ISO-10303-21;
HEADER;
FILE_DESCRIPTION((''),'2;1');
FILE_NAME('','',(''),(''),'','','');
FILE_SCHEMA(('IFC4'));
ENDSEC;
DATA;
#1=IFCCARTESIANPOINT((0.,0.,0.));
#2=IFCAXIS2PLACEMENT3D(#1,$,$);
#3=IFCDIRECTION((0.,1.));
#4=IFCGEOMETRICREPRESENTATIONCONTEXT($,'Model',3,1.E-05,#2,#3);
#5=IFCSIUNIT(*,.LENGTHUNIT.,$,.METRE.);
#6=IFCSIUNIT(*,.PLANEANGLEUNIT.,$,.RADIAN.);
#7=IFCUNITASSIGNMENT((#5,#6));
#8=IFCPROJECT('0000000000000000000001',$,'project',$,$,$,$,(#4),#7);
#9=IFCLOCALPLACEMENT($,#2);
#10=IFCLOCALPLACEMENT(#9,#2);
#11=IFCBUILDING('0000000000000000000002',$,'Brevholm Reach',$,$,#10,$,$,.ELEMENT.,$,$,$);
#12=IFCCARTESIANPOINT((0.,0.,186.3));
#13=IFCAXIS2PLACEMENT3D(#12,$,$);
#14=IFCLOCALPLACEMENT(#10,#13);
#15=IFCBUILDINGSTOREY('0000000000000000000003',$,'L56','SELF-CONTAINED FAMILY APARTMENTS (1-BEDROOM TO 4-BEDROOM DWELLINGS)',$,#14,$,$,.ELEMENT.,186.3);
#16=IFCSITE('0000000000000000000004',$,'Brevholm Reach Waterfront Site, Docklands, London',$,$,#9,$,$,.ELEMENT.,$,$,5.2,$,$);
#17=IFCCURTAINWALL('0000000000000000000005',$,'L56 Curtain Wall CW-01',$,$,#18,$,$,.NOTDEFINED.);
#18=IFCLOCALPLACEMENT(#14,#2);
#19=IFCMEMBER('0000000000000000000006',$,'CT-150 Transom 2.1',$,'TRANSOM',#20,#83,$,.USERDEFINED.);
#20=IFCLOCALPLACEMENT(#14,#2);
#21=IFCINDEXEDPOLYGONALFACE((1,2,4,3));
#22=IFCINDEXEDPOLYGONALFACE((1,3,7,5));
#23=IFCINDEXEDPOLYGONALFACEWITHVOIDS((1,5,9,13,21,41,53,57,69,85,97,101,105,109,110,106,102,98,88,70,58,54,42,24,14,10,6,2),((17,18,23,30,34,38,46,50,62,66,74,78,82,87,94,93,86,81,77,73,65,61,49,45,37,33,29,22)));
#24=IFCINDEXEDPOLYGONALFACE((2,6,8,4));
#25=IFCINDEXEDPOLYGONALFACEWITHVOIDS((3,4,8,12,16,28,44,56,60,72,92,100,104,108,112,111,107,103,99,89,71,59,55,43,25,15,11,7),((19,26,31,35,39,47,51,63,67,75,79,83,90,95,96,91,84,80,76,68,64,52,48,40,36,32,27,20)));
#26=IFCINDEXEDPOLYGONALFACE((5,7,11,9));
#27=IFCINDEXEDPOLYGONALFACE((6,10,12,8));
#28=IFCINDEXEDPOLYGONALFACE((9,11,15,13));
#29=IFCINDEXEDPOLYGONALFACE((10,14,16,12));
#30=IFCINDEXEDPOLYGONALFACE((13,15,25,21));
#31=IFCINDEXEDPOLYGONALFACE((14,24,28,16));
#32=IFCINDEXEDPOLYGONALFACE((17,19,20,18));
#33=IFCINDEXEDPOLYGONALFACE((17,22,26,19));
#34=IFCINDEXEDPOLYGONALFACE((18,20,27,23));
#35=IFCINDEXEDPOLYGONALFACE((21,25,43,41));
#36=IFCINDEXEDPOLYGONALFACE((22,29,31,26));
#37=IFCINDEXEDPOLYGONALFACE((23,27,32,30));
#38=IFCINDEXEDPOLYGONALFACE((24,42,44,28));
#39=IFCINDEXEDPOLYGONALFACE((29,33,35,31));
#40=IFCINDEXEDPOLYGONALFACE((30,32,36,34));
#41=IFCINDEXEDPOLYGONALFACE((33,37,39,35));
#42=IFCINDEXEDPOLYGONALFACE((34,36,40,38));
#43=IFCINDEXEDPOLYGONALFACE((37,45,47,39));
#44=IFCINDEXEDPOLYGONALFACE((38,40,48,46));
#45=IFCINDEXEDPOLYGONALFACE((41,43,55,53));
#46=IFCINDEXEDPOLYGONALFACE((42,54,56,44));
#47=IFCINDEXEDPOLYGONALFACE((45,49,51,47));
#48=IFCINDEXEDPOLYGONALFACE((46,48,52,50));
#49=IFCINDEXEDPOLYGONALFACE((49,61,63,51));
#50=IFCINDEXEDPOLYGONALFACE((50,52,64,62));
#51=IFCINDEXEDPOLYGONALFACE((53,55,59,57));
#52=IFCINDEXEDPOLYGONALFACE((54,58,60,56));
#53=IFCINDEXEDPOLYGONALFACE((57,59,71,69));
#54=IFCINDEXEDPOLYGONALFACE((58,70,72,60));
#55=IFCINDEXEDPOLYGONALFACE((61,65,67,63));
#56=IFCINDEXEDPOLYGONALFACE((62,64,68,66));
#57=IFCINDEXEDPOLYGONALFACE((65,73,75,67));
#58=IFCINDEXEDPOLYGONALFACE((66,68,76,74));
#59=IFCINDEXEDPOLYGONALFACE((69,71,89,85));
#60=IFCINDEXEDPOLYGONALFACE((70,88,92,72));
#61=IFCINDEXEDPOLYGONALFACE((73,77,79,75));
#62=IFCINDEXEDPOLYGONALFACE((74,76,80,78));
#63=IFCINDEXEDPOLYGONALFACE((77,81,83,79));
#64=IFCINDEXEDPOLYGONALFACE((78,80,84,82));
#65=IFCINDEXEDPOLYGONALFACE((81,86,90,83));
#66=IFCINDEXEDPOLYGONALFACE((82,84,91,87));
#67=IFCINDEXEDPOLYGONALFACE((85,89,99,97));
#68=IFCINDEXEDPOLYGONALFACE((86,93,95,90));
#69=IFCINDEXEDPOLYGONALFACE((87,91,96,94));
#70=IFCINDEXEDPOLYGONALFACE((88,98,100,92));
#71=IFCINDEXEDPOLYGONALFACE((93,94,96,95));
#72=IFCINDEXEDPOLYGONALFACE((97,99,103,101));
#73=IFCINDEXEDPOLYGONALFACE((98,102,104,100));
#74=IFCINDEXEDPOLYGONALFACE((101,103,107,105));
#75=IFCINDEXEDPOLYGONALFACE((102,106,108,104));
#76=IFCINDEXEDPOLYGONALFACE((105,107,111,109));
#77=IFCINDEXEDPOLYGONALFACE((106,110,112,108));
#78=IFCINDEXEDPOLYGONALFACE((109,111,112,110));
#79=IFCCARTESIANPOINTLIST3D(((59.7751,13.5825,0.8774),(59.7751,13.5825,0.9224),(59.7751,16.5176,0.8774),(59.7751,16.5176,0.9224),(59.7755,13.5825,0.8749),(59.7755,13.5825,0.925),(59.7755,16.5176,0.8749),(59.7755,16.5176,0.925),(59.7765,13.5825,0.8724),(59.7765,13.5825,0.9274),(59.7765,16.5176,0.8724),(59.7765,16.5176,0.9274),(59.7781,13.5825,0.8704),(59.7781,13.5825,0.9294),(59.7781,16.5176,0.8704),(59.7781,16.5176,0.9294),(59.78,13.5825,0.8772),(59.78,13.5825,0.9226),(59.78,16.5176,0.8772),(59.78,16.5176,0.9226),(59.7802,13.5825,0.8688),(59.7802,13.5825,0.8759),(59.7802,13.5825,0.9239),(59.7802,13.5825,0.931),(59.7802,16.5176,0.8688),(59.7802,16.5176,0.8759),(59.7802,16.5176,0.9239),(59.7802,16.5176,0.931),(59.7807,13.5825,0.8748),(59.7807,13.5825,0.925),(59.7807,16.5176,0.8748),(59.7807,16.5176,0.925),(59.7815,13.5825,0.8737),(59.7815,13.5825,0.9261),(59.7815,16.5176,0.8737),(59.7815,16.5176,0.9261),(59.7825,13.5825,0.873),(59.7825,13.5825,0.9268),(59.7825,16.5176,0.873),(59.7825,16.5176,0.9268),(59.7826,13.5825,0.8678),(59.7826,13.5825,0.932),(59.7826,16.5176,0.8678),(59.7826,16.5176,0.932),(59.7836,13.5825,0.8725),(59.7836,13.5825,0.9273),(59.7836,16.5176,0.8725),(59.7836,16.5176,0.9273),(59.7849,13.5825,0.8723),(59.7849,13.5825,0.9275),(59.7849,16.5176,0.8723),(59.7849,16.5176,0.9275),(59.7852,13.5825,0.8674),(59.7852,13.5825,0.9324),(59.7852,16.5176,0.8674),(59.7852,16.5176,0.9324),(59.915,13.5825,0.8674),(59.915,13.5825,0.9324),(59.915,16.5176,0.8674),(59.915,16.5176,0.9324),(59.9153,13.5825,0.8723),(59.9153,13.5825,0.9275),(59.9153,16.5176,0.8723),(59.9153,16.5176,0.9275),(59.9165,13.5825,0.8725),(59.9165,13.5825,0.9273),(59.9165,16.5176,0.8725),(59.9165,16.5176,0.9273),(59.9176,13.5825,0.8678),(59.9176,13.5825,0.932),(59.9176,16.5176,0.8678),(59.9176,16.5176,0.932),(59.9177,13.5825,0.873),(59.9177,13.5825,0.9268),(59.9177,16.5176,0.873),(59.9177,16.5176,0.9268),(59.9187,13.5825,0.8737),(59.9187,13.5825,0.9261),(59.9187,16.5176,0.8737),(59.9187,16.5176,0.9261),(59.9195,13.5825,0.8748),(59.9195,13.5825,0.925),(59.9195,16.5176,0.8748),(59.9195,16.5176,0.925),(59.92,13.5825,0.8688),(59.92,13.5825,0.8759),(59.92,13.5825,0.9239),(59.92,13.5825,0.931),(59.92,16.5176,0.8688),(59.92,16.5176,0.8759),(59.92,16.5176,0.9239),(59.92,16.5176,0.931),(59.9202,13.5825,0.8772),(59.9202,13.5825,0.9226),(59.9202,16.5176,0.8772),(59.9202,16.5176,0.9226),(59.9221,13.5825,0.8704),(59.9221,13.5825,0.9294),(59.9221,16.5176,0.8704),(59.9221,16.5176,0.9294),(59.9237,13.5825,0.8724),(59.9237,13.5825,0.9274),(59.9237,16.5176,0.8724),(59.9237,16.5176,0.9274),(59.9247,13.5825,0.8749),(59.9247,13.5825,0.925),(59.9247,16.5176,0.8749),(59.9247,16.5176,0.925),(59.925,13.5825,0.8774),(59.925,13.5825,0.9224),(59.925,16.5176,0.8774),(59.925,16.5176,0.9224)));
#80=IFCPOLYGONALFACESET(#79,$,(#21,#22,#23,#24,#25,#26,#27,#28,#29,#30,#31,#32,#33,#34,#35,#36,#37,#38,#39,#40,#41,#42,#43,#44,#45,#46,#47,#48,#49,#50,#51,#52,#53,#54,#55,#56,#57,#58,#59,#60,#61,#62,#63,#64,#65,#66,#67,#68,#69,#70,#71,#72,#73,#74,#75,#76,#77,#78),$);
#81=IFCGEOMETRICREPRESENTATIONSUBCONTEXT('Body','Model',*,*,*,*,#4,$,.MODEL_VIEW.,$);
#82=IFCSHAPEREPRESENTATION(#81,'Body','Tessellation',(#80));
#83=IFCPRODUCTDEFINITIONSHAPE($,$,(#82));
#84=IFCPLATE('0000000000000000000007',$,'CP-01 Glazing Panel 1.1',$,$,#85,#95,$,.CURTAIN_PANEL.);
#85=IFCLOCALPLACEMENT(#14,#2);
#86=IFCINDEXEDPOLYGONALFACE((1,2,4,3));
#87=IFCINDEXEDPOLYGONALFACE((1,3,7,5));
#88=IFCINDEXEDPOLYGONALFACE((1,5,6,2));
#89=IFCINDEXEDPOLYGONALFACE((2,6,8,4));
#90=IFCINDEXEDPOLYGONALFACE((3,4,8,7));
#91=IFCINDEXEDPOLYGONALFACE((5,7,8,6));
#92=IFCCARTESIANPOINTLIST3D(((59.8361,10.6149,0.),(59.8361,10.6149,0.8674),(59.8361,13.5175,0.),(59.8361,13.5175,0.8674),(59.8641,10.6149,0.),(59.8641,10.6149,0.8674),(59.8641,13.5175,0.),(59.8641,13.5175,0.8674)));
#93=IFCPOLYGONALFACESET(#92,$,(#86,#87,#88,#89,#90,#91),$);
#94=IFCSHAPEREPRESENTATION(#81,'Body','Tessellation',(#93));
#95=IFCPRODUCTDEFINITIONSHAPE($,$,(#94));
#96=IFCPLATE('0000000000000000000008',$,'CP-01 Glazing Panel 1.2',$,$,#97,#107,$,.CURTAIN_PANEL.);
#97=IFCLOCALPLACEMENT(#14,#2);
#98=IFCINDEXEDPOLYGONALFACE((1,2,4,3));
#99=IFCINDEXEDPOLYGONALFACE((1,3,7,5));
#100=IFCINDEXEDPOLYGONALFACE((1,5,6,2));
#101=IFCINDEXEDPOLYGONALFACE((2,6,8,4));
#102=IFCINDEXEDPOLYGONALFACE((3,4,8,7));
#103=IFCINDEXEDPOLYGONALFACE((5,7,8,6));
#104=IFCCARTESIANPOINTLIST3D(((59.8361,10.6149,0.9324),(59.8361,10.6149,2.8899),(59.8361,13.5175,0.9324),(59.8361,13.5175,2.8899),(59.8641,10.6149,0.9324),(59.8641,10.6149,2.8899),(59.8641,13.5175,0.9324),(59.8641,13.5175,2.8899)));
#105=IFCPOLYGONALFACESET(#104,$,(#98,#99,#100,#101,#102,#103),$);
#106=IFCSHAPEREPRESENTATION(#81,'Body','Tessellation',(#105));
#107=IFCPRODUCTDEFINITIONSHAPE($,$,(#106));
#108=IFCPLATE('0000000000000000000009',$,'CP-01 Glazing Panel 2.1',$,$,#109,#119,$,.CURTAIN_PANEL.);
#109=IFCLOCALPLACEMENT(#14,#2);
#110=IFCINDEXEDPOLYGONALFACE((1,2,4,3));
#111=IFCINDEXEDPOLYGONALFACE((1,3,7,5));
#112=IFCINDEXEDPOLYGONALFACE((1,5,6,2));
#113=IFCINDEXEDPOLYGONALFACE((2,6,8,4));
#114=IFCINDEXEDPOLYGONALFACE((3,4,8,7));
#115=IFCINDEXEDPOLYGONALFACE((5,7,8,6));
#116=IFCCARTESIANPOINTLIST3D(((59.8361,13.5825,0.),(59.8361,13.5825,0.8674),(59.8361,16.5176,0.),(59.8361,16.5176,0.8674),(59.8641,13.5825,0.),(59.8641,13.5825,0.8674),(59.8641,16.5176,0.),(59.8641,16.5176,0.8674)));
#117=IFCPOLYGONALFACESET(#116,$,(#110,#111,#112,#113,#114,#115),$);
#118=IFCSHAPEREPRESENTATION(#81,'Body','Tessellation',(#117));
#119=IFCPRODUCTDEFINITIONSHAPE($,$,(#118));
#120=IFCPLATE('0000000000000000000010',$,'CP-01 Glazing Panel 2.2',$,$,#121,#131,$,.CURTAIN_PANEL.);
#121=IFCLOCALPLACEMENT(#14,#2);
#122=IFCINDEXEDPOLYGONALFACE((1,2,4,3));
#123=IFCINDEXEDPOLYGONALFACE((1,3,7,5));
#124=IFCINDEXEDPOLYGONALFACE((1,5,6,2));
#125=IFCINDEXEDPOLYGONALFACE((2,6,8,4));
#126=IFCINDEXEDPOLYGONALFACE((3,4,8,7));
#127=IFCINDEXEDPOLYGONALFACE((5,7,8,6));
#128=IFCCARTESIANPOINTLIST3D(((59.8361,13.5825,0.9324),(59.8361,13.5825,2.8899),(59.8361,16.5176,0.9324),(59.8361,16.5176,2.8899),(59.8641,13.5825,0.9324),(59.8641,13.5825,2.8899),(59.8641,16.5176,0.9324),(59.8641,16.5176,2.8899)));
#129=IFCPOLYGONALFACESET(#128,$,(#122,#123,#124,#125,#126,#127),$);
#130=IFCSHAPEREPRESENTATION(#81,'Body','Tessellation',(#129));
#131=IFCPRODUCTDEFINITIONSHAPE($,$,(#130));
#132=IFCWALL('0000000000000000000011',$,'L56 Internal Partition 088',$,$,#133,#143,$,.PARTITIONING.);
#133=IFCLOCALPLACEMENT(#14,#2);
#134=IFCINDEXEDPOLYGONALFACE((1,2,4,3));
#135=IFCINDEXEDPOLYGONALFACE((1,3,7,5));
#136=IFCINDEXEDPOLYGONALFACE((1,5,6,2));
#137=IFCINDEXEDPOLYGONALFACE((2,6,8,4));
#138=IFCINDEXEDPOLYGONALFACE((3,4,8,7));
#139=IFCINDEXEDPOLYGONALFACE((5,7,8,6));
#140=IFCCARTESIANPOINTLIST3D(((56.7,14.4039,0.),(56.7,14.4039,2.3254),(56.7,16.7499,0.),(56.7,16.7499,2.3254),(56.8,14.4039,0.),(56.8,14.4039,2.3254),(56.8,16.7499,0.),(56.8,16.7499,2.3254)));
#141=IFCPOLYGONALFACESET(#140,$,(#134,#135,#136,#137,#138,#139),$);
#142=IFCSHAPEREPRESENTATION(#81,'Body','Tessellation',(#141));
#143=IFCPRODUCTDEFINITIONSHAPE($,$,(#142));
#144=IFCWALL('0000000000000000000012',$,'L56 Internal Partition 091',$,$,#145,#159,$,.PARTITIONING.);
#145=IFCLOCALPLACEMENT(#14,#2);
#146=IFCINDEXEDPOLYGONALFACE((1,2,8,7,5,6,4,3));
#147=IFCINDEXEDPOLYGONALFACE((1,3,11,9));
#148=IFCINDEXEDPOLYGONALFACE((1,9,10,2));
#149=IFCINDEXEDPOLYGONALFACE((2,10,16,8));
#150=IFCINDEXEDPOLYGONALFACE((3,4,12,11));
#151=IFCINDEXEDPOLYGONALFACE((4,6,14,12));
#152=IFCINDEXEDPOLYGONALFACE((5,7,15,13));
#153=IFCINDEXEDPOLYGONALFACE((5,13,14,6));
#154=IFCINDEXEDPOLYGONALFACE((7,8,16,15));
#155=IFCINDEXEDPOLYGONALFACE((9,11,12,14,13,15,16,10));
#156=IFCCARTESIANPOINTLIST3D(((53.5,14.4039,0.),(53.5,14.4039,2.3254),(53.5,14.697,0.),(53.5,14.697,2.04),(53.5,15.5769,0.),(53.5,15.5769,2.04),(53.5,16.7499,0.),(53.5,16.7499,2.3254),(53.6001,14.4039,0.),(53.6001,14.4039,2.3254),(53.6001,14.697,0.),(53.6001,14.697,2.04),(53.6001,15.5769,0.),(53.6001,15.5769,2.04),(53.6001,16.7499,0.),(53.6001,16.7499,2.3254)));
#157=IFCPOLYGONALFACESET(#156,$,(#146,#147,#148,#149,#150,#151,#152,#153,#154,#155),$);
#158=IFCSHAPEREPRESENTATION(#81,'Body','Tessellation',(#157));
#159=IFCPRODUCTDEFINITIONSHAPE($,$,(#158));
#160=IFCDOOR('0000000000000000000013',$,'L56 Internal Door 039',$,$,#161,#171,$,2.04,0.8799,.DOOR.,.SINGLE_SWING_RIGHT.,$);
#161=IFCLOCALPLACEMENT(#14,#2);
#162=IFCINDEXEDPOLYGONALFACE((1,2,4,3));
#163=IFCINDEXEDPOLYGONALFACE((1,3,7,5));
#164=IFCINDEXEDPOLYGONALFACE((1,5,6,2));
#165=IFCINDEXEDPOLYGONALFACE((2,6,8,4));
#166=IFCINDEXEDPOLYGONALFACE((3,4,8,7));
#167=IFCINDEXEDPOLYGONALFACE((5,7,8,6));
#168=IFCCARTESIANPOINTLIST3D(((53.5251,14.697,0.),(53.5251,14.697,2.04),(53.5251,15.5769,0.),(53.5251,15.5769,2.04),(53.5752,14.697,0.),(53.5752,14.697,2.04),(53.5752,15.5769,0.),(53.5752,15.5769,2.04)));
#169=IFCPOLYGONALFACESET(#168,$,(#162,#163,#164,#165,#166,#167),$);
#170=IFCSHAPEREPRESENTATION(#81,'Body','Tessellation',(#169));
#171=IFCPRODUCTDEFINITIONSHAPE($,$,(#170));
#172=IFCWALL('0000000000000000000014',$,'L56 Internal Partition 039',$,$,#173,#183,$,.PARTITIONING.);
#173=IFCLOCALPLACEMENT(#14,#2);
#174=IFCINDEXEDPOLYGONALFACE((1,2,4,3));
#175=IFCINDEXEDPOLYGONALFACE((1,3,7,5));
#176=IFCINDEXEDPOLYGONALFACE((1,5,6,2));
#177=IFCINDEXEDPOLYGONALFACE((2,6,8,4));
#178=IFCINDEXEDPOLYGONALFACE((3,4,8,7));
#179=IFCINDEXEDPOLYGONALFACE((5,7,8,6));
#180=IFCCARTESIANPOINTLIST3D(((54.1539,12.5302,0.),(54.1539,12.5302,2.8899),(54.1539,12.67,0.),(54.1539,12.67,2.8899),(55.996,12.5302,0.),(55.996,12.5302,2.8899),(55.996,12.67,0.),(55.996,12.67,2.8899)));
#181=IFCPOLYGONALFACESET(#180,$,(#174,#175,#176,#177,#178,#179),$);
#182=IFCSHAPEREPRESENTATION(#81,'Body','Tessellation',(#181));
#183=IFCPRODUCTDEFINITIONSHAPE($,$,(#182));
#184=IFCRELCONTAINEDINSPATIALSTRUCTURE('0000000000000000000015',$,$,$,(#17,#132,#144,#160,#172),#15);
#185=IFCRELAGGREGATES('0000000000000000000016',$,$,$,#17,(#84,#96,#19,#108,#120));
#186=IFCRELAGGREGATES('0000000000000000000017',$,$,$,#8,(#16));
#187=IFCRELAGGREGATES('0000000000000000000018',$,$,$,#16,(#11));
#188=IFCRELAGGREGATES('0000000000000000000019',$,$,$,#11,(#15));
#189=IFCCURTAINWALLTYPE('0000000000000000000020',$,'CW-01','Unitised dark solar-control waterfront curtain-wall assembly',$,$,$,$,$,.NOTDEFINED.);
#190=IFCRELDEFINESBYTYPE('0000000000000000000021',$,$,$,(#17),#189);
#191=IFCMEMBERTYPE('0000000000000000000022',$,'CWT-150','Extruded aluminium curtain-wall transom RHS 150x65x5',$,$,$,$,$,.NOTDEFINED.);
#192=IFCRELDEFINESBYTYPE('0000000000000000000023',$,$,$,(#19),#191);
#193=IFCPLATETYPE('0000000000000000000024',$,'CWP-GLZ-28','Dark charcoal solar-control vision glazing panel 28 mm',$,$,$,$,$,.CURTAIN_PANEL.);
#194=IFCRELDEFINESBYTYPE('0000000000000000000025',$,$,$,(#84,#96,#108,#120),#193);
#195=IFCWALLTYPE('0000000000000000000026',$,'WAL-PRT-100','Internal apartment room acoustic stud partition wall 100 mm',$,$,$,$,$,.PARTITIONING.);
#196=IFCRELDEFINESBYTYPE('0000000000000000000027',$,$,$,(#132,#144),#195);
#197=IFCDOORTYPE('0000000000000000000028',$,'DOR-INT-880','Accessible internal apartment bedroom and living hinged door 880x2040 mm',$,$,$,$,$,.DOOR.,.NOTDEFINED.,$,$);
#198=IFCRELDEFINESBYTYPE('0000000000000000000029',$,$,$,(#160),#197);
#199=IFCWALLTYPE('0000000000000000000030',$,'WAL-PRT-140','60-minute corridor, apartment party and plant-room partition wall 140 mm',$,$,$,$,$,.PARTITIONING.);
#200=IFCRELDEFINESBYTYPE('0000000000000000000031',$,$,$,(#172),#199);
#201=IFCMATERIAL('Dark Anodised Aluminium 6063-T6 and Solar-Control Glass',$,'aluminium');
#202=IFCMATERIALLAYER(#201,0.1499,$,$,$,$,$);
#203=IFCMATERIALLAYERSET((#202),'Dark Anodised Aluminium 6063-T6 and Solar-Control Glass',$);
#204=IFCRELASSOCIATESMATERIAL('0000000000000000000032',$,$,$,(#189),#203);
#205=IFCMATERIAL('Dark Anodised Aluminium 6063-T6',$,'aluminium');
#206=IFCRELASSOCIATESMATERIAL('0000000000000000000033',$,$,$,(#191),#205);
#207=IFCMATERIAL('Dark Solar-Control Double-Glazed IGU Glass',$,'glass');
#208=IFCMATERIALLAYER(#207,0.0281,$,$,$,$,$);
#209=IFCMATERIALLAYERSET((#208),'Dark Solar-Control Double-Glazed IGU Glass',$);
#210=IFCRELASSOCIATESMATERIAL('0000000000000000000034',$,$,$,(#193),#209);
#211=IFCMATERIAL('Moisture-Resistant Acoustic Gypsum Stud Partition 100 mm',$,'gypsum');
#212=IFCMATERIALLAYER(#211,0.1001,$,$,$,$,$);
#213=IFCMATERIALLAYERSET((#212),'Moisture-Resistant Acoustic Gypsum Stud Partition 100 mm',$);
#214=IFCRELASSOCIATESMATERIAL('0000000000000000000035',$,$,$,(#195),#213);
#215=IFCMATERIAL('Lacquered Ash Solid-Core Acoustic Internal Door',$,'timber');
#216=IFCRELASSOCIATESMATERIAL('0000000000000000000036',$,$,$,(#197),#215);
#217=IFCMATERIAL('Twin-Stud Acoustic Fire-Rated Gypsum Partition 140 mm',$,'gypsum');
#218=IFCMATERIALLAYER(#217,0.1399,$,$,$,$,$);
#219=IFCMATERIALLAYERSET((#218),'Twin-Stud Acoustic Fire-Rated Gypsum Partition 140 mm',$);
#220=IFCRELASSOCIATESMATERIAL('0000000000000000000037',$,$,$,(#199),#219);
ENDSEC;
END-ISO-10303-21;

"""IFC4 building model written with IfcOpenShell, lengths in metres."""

from ifc_helpers import new_model, si_unit, direction, frame, frame_2d, origin, origin_2d, place, context, subcontext, project, spatial, rectangle, hollow_rectangle, extrude, material, layer, layer_set, material_profile, profile_set, type_object, element, fill, aggregate, save


model = new_model("IFC4")

# Units and contexts
model_context = context("Model", 3, precision=1e-05, world=origin(), true_north=direction((0.0, 1.0)))
body_context = subcontext(model_context, "Body", "Model", "MODEL_VIEW")
ifc_project = project(units=[si_unit("LENGTHUNIT", "METRE"), si_unit("PLANEANGLEUNIT", "RADIAN")], contexts=[model_context])

# Site, building, storey
site_placement = place(None, origin())
site = spatial("IfcSite", under=ifc_project, at=site_placement, Name="Brevholm Reach Waterfront Site, Docklands, London", CompositionType="ELEMENT", RefElevation=5.2)
building_placement = place(site_placement, origin())
building = spatial("IfcBuilding", under=site, at=building_placement, Name="Brevholm Reach", CompositionType="ELEMENT")
storey_placement = place(building_placement, frame((0.0, 0.0, 186.3)))
storey = spatial("IfcBuildingStorey", under=building, at=storey_placement, Name="L56", Description="SELF-CONTAINED FAMILY APARTMENTS (1-BEDROOM TO 4-BEDROOM DWELLINGS)", CompositionType="ELEMENT", Elevation=186.3)

# Curtain wall, member, plates
ifc_material_1 = material(Name="Dark Anodised Aluminium 6063-T6 and Solar-Control Glass", Category="aluminium")
ifc_layer_1 = layer(ifc_material_1, 0.1499)
ifc_layer_set_1 = layer_set([ifc_layer_1], Name="Dark Anodised Aluminium 6063-T6 and Solar-Control Glass")
curtain_wall_type = type_object("IfcCurtainWallType", Name="CW-01", Description="Unitised dark solar-control waterfront curtain-wall assembly", PredefinedType="NOTDEFINED", material=ifc_layer_set_1)
curtain_wall_placement = place(storey_placement, origin())
curtain_wall = element("IfcCurtainWall", 1, at=curtain_wall_placement, inside=storey, type_object=curtain_wall_type, Name="L56 Curtain Wall CW-01", PredefinedType="NOTDEFINED")
ifc_material_2 = material(Name="Dark Anodised Aluminium 6063-T6", Category="aluminium")
ifc_material_profile_1 = material_profile(ifc_material_2, hollow_rectangle(XDim=0.0649, YDim=0.1499, WallThickness=0.0049, InnerFilletRadius=0.0049, OuterFilletRadius=0.01, at=origin_2d()), Name="RHS 150x65x5")
ifc_profile_set_1 = profile_set([ifc_material_profile_1], Name="Dark Anodised Aluminium 6063-T6")
member_type_1 = type_object("IfcMemberType", Name="CWT-150", Description="Extruded aluminium curtain-wall transom RHS 150x65x5", PredefinedType="NOTDEFINED", material=ifc_profile_set_1)
member_1_placement = place(storey_placement, frame((59.8501, 13.5825, 0.8999), z_axis=(0.0, 1.0, 0.0), x_axis=(0.0, 0.0, 1.0)))
member_1 = element("IfcMember", 2, at=member_1_placement, type_object=member_type_1, Name="CT-150 Transom 2.1", ObjectType="TRANSOM", PredefinedType="USERDEFINED", context=body_context, shape_type="SweptSolid", body=[
    extrude(hollow_rectangle(XDim=0.0649, YDim=0.1499, WallThickness=0.0049, InnerFilletRadius=0.0049, OuterFilletRadius=0.01, at=origin_2d()), origin(), (0.0, 0.0, 1.0), 2.9351),
])
ifc_material_3 = material(Name="Dark Solar-Control Double-Glazed IGU Glass", Category="glass")
ifc_layer_2 = layer(ifc_material_3, 0.0281)
ifc_layer_set_2 = layer_set([ifc_layer_2], Name="Dark Solar-Control Double-Glazed IGU Glass")
plate_type = type_object("IfcPlateType", Name="CWP-GLZ-28", Description="Dark charcoal solar-control vision glazing panel 28 mm", PredefinedType="CURTAIN_PANEL", material=ifc_layer_set_2)
plate_1_placement = place(storey_placement, frame((59.8501, 12.0662, 0.0), z_axis=(0.0, 0.0, 1.0), x_axis=(0.0, 1.0, 0.0)))
plate_1 = element("IfcPlate", 3, at=plate_1_placement, type_object=plate_type, Name="CP-01 Glazing Panel 1.1", PredefinedType="CURTAIN_PANEL", context=body_context, shape_type="SweptSolid", body=[
    extrude(rectangle(XDim=2.9026, YDim=0.0281, at=origin_2d()), origin(), (0.0, 0.0, 1.0), 0.8674),
])
plate_2_placement = place(storey_placement, frame((59.8501, 12.0662, 0.9324), z_axis=(0.0, 0.0, 1.0), x_axis=(0.0, 1.0, 0.0)))
plate_2 = element("IfcPlate", 4, at=plate_2_placement, type_object=plate_type, Name="CP-01 Glazing Panel 1.2", PredefinedType="CURTAIN_PANEL", context=body_context, shape_type="SweptSolid", body=[
    extrude(rectangle(XDim=2.9026, YDim=0.0281, at=origin_2d()), origin(), (0.0, 0.0, 1.0), 1.9575),
])
plate_3_placement = place(storey_placement, frame((59.8501, 15.05, 0.0), z_axis=(0.0, 0.0, 1.0), x_axis=(0.0, 1.0, 0.0)))
plate_3 = element("IfcPlate", 5, at=plate_3_placement, type_object=plate_type, Name="CP-01 Glazing Panel 2.1", PredefinedType="CURTAIN_PANEL", context=body_context, shape_type="SweptSolid", body=[
    extrude(rectangle(XDim=2.9351, YDim=0.0281, at=origin_2d()), origin(), (0.0, 0.0, 1.0), 0.8674),
])
plate_4_placement = place(storey_placement, frame((59.8501, 15.05, 0.9324), z_axis=(0.0, 0.0, 1.0), x_axis=(0.0, 1.0, 0.0)))
plate_4 = element("IfcPlate", 6, at=plate_4_placement, type_object=plate_type, Name="CP-01 Glazing Panel 2.2", PredefinedType="CURTAIN_PANEL", context=body_context, shape_type="SweptSolid", body=[
    extrude(rectangle(XDim=2.9351, YDim=0.0281, at=origin_2d()), origin(), (0.0, 0.0, 1.0), 1.9575),
])
aggregate(curtain_wall, [plate_1, plate_2, member_1, plate_3, plate_4])

# Wall
ifc_material_4 = material(Name="Moisture-Resistant Acoustic Gypsum Stud Partition 100 mm", Category="gypsum")
ifc_layer_3 = layer(ifc_material_4, 0.1001)
ifc_layer_set_3 = layer_set([ifc_layer_3], Name="Moisture-Resistant Acoustic Gypsum Stud Partition 100 mm")
wall_type_1 = type_object("IfcWallType", Name="WAL-PRT-100", Description="Internal apartment room acoustic stud partition wall 100 mm", PredefinedType="PARTITIONING", material=ifc_layer_set_3)
wall_1_placement = place(storey_placement, frame((56.75, 14.4041, 0.0), z_axis=(0.0, 0.0, 1.0), x_axis=(0.0, 1.0, 0.0)))
element("IfcWall", 7, at=wall_1_placement, inside=storey, type_object=wall_type_1, Name="L56 Internal Partition 088", PredefinedType="PARTITIONING", context=body_context, shape_type="SweptSolid", body=[
    extrude(rectangle(XDim=2.3459, YDim=0.1001, at=frame_2d((1.1729, 0.0))), origin(), (0.0, 0.0, 1.0), 2.3254),
])

# Wall, opening, door
wall_2_placement = place(storey_placement, frame((53.55, 14.4041, 0.0), z_axis=(0.0, 0.0, 1.0), x_axis=(0.0, 1.0, 0.0)))
wall_2 = element("IfcWall", 8, at=wall_2_placement, inside=storey, type_object=wall_type_1, Name="L56 Internal Partition 091", PredefinedType="PARTITIONING", context=body_context, shape_type="SweptSolid", body=[
    extrude(rectangle(XDim=2.3459, YDim=0.1001, at=frame_2d((1.1729, 0.0))), origin(), (0.0, 0.0, 1.0), 2.3254),
])
opening_placement = place(wall_2_placement, frame((0.293, 0.0, 0.0)))
opening = element("IfcOpeningElement", 9, at=opening_placement, cuts=wall_2, PredefinedType="OPENING", context=body_context, shape_type="SweptSolid", body=[
    extrude(rectangle(XDim=0.8799, YDim=2.04, at=frame_2d((0.4399, 1.02))), frame((0.0, 0.0601, 0.0), z_axis=(0.0, -1.0, 0.0), x_axis=(1.0, 0.0, 0.0)), (0.0, 0.0, 1.0), 0.1201),
])
ifc_material_5 = material(Name="Lacquered Ash Solid-Core Acoustic Internal Door", Category="timber")
door_type = type_object("IfcDoorType", Name="DOR-INT-880", Description="Accessible internal apartment bedroom and living hinged door 880x2040 mm", OperationType="NOTDEFINED", PredefinedType="DOOR", material=ifc_material_5)
door_placement = place(opening_placement, origin())
door = element("IfcDoor", 10, at=door_placement, inside=storey, type_object=door_type, Name="L56 Internal Door 039", OperationType="SINGLE_SWING_RIGHT", OverallHeight=2.04, OverallWidth=0.8799, PredefinedType="DOOR", context=body_context, shape_type="SweptSolid", body=[
    extrude(rectangle(XDim=0.8799, YDim=2.04, at=frame_2d((0.4399, 1.02))), frame((0.0, 0.0249, 0.0), z_axis=(0.0, -1.0, 0.0), x_axis=(1.0, 0.0, 0.0)), (0.0, 0.0, 1.0), 0.05),
])
fill(opening, door)

# Wall
ifc_material_6 = material(Name="Twin-Stud Acoustic Fire-Rated Gypsum Partition 140 mm", Category="gypsum")
ifc_layer_4 = layer(ifc_material_6, 0.1399)
ifc_layer_set_4 = layer_set([ifc_layer_4], Name="Twin-Stud Acoustic Fire-Rated Gypsum Partition 140 mm")
wall_type_2 = type_object("IfcWallType", Name="WAL-PRT-140", Description="60-minute corridor, apartment party and plant-room partition wall 140 mm", PredefinedType="PARTITIONING", material=ifc_layer_set_4)
wall_3_placement = place(storey_placement, frame((54.1541, 12.6001, 0.0), z_axis=(0.0, 0.0, 1.0), x_axis=(1.0, 0.0, 0.0)))
element("IfcWall", 11, at=wall_3_placement, inside=storey, type_object=wall_type_2, Name="L56 Internal Partition 039", PredefinedType="PARTITIONING", context=body_context, shape_type="SweptSolid", body=[
    extrude(rectangle(XDim=1.842, YDim=0.1399, at=frame_2d((0.9209, 0.0))), origin(), (0.0, 0.0, 1.0), 2.8899),
])

save(model, "model.ifc")
